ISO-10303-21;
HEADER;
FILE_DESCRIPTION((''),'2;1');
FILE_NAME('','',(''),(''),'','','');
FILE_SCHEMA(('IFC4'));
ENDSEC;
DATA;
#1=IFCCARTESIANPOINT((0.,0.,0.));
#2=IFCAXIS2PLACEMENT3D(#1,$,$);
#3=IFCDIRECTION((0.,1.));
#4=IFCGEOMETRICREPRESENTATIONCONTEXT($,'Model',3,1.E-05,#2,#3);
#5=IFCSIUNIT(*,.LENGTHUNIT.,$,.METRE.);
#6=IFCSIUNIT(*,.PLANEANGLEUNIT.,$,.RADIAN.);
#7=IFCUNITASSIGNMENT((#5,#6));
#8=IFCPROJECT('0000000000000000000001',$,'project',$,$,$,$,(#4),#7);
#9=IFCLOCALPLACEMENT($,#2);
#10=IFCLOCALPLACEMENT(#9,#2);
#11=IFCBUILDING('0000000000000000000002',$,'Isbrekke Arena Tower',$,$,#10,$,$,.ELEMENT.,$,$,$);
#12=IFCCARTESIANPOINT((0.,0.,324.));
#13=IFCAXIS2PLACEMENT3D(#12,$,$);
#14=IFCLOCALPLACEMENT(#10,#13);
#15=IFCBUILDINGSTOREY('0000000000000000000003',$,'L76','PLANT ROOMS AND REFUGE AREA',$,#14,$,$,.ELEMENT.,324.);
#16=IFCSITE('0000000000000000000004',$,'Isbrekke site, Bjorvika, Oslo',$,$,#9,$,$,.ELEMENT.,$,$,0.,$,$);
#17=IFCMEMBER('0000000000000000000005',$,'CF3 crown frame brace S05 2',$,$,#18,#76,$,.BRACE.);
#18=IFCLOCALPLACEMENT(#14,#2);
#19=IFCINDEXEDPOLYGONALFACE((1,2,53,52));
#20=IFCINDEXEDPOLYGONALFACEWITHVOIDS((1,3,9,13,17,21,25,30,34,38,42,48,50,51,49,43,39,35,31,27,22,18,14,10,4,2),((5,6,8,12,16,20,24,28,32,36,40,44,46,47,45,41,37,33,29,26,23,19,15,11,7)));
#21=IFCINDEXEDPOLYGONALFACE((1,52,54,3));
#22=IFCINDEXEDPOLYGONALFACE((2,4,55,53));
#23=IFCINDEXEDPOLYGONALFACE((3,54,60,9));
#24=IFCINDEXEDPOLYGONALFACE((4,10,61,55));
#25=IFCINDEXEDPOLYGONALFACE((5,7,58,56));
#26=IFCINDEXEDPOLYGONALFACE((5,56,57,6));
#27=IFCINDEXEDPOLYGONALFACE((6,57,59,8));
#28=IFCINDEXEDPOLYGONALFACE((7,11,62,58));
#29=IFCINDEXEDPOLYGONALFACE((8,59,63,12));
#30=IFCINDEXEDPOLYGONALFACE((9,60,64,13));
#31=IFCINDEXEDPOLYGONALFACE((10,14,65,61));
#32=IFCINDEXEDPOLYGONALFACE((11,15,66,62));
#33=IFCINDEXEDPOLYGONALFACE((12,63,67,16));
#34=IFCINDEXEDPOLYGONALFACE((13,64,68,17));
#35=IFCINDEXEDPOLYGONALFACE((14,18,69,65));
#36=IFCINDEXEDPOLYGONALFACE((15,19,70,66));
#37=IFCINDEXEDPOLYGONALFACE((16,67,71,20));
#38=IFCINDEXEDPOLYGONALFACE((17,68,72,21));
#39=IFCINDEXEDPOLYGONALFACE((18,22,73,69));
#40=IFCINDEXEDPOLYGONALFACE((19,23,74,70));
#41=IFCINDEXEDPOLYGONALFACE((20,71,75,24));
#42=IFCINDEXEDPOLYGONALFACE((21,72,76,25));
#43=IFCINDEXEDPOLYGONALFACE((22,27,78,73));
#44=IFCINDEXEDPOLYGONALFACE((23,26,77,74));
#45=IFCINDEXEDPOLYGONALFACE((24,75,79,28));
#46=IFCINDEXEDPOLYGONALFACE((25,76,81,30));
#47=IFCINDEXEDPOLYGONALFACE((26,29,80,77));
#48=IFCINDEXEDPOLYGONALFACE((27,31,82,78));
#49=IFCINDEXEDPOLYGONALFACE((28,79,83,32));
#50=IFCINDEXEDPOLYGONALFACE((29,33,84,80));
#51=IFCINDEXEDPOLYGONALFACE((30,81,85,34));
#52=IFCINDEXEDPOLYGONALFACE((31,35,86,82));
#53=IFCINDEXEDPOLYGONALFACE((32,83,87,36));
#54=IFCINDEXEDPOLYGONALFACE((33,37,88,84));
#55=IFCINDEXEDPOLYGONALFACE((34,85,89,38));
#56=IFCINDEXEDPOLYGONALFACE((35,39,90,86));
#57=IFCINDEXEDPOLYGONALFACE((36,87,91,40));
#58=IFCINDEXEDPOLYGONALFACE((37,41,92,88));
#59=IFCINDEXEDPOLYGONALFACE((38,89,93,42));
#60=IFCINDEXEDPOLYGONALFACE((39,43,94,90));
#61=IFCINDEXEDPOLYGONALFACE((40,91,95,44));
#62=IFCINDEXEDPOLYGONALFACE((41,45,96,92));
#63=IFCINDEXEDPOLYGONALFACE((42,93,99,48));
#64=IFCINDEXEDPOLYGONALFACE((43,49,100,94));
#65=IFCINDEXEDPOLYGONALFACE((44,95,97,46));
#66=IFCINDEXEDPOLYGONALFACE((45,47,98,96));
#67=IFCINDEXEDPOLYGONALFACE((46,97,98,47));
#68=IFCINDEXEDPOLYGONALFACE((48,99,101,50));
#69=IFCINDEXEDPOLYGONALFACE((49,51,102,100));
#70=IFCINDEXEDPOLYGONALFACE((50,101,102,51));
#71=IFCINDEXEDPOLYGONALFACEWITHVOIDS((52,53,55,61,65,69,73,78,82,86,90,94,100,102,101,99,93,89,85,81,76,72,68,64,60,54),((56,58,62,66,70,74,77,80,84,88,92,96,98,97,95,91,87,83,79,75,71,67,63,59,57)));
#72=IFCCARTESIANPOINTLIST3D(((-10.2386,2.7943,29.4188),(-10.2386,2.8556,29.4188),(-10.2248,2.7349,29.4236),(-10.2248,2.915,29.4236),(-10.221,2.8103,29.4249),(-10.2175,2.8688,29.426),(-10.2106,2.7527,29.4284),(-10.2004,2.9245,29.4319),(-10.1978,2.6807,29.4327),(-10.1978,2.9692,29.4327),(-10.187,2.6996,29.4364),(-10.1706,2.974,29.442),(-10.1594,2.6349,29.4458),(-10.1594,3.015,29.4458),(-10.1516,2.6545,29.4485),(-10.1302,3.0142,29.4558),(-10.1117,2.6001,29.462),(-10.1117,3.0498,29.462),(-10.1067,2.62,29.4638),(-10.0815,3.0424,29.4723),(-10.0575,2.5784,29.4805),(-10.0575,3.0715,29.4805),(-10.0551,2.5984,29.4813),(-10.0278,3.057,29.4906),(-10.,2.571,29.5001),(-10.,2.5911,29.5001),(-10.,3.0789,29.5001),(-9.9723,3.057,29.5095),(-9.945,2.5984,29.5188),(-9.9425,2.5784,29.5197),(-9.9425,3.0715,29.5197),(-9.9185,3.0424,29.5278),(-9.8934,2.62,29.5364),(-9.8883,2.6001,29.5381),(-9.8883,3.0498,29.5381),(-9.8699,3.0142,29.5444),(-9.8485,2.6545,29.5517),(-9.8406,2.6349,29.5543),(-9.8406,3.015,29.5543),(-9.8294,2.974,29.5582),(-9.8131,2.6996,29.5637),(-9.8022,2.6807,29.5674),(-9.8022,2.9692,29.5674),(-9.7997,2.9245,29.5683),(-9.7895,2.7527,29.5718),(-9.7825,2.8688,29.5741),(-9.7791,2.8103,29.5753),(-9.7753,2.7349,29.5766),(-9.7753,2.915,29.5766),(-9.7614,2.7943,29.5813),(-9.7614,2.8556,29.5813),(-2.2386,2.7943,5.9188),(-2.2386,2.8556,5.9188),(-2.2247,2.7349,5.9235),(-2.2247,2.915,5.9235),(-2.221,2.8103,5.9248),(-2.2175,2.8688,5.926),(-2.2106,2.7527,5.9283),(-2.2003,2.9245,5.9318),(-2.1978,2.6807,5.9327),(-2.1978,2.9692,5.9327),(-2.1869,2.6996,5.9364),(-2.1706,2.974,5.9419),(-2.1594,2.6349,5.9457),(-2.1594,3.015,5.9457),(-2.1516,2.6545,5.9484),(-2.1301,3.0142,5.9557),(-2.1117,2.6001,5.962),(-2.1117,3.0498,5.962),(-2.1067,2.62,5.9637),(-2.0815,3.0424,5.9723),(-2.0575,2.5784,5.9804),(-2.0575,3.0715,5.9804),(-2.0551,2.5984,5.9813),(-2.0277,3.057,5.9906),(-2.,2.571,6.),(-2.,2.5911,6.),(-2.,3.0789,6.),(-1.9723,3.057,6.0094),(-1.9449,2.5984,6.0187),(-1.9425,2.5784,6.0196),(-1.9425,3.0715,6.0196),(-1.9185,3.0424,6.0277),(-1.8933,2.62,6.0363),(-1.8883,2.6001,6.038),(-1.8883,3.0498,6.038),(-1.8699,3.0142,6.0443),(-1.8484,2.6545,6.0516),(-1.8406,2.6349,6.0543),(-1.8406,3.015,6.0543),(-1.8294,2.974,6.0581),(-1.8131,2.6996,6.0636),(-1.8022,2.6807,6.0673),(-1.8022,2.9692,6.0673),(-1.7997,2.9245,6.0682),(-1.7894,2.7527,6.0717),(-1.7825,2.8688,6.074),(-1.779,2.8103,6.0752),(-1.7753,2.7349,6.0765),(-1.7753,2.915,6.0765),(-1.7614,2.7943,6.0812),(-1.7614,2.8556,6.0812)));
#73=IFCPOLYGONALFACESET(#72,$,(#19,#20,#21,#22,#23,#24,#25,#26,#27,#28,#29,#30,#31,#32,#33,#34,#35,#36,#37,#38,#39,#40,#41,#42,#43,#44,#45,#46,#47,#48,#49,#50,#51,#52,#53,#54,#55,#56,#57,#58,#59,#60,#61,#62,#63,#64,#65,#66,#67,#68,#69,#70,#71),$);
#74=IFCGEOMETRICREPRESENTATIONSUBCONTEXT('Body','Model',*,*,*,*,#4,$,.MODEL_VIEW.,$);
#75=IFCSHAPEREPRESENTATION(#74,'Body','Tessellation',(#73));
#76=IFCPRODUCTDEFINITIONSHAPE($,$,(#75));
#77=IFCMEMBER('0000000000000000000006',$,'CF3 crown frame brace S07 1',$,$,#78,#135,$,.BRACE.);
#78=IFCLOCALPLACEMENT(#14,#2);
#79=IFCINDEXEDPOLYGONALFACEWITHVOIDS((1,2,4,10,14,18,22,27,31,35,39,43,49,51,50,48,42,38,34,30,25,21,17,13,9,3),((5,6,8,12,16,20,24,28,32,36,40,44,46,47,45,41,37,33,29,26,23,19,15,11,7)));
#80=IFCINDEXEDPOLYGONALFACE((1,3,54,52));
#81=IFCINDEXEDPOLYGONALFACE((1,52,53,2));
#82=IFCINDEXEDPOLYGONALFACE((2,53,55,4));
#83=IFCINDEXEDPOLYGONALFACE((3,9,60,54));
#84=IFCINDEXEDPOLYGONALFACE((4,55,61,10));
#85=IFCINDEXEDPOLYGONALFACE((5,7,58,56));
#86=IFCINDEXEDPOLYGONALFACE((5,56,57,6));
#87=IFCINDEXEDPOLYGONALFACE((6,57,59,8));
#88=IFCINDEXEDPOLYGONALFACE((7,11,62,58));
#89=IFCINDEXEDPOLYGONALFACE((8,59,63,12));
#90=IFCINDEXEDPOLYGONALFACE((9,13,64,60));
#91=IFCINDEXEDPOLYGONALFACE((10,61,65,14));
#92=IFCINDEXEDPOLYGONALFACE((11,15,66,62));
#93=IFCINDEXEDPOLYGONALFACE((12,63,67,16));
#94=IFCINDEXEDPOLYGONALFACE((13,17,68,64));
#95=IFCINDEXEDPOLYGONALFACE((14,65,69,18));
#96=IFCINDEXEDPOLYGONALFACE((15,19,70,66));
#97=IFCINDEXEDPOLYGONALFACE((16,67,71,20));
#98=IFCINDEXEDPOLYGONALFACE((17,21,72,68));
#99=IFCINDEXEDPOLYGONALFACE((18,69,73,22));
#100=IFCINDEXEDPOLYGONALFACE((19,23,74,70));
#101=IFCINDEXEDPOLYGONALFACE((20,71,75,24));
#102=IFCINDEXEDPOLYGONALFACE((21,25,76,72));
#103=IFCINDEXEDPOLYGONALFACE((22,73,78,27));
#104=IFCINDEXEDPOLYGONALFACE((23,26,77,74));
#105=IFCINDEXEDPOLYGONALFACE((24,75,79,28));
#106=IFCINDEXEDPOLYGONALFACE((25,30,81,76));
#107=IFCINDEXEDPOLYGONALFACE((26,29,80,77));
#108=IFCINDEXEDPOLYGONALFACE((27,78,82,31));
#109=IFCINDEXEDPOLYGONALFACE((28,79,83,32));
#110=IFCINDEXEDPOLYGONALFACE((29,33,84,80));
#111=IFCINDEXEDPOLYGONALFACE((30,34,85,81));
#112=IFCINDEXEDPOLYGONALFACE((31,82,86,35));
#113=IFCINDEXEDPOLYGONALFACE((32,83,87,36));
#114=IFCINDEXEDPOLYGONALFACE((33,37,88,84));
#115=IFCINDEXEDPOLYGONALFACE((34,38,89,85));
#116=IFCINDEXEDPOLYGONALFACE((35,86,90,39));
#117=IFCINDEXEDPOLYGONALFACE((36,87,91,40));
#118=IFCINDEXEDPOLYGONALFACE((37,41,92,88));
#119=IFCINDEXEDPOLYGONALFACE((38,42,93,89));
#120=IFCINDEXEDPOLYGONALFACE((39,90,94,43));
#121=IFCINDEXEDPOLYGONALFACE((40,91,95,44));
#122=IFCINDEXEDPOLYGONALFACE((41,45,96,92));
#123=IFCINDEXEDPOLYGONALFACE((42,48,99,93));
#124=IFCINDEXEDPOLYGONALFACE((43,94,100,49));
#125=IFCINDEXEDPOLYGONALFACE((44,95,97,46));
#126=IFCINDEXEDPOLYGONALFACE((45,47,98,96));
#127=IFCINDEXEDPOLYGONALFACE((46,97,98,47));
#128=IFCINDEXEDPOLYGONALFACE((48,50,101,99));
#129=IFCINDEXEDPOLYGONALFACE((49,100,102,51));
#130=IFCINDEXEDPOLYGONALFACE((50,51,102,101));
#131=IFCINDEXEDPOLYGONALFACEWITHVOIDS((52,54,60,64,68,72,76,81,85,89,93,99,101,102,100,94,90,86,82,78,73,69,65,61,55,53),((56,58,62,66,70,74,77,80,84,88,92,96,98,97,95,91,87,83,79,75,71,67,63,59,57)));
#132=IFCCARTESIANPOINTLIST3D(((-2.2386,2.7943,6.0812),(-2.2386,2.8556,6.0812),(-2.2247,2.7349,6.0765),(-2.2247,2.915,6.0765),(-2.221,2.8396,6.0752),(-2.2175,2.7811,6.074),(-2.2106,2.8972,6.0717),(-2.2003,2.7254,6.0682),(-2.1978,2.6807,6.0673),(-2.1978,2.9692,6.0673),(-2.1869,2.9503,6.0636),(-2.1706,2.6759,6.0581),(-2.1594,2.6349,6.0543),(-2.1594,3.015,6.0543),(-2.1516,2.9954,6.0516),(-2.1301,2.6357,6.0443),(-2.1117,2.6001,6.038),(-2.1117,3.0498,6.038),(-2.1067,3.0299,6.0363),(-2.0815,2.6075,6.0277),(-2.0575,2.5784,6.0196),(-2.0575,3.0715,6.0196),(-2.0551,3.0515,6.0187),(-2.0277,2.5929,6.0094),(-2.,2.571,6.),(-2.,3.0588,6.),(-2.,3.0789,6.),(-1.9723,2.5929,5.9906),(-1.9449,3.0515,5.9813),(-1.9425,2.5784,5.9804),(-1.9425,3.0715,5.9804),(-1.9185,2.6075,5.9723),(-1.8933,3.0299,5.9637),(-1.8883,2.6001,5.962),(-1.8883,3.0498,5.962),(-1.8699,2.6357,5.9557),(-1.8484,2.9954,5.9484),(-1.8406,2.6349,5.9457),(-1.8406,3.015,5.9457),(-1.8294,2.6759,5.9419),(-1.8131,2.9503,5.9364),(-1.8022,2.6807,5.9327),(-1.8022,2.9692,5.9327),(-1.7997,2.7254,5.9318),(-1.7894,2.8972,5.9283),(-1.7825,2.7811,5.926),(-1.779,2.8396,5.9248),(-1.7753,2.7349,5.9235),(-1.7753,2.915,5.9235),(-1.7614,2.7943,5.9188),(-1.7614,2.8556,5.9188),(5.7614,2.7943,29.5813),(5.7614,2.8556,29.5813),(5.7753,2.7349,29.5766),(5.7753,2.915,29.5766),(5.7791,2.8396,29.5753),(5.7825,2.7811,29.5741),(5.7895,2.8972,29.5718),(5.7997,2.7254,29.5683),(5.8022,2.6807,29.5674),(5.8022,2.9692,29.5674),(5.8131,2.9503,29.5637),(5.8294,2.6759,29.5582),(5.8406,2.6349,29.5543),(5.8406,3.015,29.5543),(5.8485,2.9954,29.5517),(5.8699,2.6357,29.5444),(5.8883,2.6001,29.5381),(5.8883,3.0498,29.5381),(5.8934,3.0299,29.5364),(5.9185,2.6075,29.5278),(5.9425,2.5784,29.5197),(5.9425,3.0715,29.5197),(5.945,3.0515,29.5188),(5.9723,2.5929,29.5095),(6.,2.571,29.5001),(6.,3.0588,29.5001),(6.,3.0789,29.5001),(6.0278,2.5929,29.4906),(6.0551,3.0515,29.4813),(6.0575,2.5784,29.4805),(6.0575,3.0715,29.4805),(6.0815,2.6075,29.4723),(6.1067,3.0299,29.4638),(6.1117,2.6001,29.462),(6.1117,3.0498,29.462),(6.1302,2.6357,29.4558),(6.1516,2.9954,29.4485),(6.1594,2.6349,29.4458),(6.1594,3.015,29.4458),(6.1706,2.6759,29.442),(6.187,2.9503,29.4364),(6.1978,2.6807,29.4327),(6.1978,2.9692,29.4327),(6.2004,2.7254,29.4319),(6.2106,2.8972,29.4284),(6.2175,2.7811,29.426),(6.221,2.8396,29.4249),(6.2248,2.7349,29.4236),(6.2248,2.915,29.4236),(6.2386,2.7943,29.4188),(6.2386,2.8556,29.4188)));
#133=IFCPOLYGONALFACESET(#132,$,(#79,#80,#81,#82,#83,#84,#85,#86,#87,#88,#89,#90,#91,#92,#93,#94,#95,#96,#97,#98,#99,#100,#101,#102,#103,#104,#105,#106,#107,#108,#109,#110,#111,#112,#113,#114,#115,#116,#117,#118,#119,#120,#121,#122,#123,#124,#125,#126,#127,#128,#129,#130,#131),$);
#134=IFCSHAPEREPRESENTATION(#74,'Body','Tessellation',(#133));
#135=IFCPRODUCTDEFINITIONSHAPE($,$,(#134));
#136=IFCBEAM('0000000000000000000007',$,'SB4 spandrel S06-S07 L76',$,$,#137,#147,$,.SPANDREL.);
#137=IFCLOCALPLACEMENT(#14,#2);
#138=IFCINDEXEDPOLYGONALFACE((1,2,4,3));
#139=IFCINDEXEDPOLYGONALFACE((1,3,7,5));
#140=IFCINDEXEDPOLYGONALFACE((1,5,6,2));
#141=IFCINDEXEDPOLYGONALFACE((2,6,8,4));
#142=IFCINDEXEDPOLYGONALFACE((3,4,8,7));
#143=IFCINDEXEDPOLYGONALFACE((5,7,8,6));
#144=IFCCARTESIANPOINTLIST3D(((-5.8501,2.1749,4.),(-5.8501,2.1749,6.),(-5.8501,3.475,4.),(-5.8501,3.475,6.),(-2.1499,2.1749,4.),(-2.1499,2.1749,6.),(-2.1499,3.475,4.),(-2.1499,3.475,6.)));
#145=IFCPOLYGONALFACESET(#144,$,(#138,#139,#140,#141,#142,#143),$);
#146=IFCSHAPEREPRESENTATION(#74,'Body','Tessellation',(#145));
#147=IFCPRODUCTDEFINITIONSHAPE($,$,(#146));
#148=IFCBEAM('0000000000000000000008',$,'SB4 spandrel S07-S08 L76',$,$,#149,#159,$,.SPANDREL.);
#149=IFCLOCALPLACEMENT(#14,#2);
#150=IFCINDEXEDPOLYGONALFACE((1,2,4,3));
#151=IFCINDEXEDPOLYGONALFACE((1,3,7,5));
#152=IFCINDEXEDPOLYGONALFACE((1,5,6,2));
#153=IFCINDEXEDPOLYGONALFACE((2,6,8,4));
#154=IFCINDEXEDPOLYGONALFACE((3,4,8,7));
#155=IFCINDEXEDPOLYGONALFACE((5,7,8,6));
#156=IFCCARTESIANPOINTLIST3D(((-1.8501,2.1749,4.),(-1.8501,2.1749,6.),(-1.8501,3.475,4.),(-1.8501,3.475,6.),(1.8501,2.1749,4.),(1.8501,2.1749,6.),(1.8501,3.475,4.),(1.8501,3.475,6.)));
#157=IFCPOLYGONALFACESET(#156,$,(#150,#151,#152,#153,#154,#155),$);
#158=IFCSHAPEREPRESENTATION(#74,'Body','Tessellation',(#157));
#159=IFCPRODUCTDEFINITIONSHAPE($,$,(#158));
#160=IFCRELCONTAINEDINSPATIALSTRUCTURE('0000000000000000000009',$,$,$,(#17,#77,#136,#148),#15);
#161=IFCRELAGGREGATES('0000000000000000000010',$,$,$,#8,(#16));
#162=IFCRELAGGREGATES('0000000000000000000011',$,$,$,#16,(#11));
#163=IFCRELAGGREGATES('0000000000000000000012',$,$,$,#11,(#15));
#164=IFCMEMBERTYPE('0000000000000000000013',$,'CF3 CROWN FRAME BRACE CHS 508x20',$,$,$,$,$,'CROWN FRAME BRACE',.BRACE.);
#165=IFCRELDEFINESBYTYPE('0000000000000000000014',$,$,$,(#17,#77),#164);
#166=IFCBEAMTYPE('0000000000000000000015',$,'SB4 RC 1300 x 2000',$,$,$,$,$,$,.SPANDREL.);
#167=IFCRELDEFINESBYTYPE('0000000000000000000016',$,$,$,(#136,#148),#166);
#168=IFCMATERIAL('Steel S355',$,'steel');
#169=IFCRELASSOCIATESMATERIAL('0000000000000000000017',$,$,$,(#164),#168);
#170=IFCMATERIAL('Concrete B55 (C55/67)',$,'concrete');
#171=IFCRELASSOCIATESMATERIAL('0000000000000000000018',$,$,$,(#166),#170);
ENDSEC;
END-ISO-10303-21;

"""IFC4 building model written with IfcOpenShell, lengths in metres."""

from ifc_helpers import new_model, si_unit, direction, frame, origin, origin_2d, place, context, subcontext, project, spatial, rectangle, hollow_circle, extrude, material, material_profile, profile_set, type_object, element, save


model = new_model("IFC4")

# Units and contexts
model_context = context("Model", 3, precision=1e-05, world=origin(), true_north=direction((0.0, 1.0)))
body_context = subcontext(model_context, "Body", "Model", "MODEL_VIEW")
ifc_project = project(units=[si_unit("LENGTHUNIT", "METRE"), si_unit("PLANEANGLEUNIT", "RADIAN")], contexts=[model_context])

# Site, building, storey
site_placement = place(None, origin())
site = spatial("IfcSite", under=ifc_project, at=site_placement, Name="Isbrekke site, Bjorvika, Oslo", CompositionType="ELEMENT", RefElevation=0.0)
building_placement = place(site_placement, origin())
building = spatial("IfcBuilding", under=site, at=building_placement, Name="Isbrekke Arena Tower", CompositionType="ELEMENT")
storey_placement = place(building_placement, frame((0.0, 0.0, 324.0)))
storey = spatial("IfcBuildingStorey", under=building, at=storey_placement, Name="L76", Description="PLANT ROOMS AND REFUGE AREA", CompositionType="ELEMENT", Elevation=324.0)

# Members
ifc_material_1 = material(Name="Steel S355", Category="steel")
ifc_material_profile_1 = material_profile(ifc_material_1, hollow_circle(Radius=0.2539, WallThickness=0.02, at=origin_2d()), Name="CHS 508x20")
ifc_profile_set_1 = profile_set([ifc_material_profile_1], Name="Steel S355")
member_type = type_object("IfcMemberType", Name="CF3 CROWN FRAME BRACE CHS 508x20", ElementType="CROWN FRAME BRACE", PredefinedType="BRACE", material=ifc_profile_set_1)
for number, where, z_axis, x_axis, name in (
    (1, (-2.0, 2.825, 6.0), (-0.322264, 0.0, 0.94665), (0.0, -1.0, 0.0), "CF3 crown frame brace S05 2"),
    (2, (-2.0, 2.825, 6.0), (0.322264, 0.0, 0.94665), (0.0, 1.0, 0.0), "CF3 crown frame brace S07 1"),
):
    element("IfcMember", number, at=place(storey_placement, frame(where, z_axis=z_axis, x_axis=x_axis)), inside=storey, type_object=member_type, Name=name, PredefinedType="BRACE", context=body_context, shape_type="SweptSolid", body=[
        extrude(hollow_circle(Radius=0.2539, WallThickness=0.02, at=origin_2d()), origin(), (0.0, 0.0, 1.0), 24.8245),
    ])

# Beams
ifc_material_2 = material(Name="Concrete B55 (C55/67)", Category="concrete")
ifc_material_profile_2 = material_profile(ifc_material_2, rectangle(XDim=1.3, YDim=2.0, at=origin_2d()), Name="RC 1300x2000")
ifc_profile_set_2 = profile_set([ifc_material_profile_2], Name="Concrete B55 (C55/67)")
beam_type_1 = type_object("IfcBeamType", Name="SB4 RC 1300 x 2000", PredefinedType="SPANDREL", material=ifc_profile_set_2)
for number, where, z_axis, x_axis, name in (
    (3, (-5.8501, 2.825, 5.0), (1.0, 0.0, 0.0), (0.0, 1.0, 0.0), "SB4 spandrel S06-S07 L76"),
    (4, (-1.8501, 2.825, 5.0), (1.0, 0.0, 0.0), (0.0, 1.0, 0.0), "SB4 spandrel S07-S08 L76"),
):
    element("IfcBeam", number, at=place(storey_placement, frame(where, z_axis=z_axis, x_axis=x_axis)), inside=storey, type_object=beam_type_1, Name=name, PredefinedType="SPANDREL", context=body_context, shape_type="SweptSolid", body=[
        extrude(rectangle(XDim=1.3, YDim=2.0, at=origin_2d()), origin(), (0.0, 0.0, 1.0), 3.7002),
    ])

save(model, "model.ifc")
